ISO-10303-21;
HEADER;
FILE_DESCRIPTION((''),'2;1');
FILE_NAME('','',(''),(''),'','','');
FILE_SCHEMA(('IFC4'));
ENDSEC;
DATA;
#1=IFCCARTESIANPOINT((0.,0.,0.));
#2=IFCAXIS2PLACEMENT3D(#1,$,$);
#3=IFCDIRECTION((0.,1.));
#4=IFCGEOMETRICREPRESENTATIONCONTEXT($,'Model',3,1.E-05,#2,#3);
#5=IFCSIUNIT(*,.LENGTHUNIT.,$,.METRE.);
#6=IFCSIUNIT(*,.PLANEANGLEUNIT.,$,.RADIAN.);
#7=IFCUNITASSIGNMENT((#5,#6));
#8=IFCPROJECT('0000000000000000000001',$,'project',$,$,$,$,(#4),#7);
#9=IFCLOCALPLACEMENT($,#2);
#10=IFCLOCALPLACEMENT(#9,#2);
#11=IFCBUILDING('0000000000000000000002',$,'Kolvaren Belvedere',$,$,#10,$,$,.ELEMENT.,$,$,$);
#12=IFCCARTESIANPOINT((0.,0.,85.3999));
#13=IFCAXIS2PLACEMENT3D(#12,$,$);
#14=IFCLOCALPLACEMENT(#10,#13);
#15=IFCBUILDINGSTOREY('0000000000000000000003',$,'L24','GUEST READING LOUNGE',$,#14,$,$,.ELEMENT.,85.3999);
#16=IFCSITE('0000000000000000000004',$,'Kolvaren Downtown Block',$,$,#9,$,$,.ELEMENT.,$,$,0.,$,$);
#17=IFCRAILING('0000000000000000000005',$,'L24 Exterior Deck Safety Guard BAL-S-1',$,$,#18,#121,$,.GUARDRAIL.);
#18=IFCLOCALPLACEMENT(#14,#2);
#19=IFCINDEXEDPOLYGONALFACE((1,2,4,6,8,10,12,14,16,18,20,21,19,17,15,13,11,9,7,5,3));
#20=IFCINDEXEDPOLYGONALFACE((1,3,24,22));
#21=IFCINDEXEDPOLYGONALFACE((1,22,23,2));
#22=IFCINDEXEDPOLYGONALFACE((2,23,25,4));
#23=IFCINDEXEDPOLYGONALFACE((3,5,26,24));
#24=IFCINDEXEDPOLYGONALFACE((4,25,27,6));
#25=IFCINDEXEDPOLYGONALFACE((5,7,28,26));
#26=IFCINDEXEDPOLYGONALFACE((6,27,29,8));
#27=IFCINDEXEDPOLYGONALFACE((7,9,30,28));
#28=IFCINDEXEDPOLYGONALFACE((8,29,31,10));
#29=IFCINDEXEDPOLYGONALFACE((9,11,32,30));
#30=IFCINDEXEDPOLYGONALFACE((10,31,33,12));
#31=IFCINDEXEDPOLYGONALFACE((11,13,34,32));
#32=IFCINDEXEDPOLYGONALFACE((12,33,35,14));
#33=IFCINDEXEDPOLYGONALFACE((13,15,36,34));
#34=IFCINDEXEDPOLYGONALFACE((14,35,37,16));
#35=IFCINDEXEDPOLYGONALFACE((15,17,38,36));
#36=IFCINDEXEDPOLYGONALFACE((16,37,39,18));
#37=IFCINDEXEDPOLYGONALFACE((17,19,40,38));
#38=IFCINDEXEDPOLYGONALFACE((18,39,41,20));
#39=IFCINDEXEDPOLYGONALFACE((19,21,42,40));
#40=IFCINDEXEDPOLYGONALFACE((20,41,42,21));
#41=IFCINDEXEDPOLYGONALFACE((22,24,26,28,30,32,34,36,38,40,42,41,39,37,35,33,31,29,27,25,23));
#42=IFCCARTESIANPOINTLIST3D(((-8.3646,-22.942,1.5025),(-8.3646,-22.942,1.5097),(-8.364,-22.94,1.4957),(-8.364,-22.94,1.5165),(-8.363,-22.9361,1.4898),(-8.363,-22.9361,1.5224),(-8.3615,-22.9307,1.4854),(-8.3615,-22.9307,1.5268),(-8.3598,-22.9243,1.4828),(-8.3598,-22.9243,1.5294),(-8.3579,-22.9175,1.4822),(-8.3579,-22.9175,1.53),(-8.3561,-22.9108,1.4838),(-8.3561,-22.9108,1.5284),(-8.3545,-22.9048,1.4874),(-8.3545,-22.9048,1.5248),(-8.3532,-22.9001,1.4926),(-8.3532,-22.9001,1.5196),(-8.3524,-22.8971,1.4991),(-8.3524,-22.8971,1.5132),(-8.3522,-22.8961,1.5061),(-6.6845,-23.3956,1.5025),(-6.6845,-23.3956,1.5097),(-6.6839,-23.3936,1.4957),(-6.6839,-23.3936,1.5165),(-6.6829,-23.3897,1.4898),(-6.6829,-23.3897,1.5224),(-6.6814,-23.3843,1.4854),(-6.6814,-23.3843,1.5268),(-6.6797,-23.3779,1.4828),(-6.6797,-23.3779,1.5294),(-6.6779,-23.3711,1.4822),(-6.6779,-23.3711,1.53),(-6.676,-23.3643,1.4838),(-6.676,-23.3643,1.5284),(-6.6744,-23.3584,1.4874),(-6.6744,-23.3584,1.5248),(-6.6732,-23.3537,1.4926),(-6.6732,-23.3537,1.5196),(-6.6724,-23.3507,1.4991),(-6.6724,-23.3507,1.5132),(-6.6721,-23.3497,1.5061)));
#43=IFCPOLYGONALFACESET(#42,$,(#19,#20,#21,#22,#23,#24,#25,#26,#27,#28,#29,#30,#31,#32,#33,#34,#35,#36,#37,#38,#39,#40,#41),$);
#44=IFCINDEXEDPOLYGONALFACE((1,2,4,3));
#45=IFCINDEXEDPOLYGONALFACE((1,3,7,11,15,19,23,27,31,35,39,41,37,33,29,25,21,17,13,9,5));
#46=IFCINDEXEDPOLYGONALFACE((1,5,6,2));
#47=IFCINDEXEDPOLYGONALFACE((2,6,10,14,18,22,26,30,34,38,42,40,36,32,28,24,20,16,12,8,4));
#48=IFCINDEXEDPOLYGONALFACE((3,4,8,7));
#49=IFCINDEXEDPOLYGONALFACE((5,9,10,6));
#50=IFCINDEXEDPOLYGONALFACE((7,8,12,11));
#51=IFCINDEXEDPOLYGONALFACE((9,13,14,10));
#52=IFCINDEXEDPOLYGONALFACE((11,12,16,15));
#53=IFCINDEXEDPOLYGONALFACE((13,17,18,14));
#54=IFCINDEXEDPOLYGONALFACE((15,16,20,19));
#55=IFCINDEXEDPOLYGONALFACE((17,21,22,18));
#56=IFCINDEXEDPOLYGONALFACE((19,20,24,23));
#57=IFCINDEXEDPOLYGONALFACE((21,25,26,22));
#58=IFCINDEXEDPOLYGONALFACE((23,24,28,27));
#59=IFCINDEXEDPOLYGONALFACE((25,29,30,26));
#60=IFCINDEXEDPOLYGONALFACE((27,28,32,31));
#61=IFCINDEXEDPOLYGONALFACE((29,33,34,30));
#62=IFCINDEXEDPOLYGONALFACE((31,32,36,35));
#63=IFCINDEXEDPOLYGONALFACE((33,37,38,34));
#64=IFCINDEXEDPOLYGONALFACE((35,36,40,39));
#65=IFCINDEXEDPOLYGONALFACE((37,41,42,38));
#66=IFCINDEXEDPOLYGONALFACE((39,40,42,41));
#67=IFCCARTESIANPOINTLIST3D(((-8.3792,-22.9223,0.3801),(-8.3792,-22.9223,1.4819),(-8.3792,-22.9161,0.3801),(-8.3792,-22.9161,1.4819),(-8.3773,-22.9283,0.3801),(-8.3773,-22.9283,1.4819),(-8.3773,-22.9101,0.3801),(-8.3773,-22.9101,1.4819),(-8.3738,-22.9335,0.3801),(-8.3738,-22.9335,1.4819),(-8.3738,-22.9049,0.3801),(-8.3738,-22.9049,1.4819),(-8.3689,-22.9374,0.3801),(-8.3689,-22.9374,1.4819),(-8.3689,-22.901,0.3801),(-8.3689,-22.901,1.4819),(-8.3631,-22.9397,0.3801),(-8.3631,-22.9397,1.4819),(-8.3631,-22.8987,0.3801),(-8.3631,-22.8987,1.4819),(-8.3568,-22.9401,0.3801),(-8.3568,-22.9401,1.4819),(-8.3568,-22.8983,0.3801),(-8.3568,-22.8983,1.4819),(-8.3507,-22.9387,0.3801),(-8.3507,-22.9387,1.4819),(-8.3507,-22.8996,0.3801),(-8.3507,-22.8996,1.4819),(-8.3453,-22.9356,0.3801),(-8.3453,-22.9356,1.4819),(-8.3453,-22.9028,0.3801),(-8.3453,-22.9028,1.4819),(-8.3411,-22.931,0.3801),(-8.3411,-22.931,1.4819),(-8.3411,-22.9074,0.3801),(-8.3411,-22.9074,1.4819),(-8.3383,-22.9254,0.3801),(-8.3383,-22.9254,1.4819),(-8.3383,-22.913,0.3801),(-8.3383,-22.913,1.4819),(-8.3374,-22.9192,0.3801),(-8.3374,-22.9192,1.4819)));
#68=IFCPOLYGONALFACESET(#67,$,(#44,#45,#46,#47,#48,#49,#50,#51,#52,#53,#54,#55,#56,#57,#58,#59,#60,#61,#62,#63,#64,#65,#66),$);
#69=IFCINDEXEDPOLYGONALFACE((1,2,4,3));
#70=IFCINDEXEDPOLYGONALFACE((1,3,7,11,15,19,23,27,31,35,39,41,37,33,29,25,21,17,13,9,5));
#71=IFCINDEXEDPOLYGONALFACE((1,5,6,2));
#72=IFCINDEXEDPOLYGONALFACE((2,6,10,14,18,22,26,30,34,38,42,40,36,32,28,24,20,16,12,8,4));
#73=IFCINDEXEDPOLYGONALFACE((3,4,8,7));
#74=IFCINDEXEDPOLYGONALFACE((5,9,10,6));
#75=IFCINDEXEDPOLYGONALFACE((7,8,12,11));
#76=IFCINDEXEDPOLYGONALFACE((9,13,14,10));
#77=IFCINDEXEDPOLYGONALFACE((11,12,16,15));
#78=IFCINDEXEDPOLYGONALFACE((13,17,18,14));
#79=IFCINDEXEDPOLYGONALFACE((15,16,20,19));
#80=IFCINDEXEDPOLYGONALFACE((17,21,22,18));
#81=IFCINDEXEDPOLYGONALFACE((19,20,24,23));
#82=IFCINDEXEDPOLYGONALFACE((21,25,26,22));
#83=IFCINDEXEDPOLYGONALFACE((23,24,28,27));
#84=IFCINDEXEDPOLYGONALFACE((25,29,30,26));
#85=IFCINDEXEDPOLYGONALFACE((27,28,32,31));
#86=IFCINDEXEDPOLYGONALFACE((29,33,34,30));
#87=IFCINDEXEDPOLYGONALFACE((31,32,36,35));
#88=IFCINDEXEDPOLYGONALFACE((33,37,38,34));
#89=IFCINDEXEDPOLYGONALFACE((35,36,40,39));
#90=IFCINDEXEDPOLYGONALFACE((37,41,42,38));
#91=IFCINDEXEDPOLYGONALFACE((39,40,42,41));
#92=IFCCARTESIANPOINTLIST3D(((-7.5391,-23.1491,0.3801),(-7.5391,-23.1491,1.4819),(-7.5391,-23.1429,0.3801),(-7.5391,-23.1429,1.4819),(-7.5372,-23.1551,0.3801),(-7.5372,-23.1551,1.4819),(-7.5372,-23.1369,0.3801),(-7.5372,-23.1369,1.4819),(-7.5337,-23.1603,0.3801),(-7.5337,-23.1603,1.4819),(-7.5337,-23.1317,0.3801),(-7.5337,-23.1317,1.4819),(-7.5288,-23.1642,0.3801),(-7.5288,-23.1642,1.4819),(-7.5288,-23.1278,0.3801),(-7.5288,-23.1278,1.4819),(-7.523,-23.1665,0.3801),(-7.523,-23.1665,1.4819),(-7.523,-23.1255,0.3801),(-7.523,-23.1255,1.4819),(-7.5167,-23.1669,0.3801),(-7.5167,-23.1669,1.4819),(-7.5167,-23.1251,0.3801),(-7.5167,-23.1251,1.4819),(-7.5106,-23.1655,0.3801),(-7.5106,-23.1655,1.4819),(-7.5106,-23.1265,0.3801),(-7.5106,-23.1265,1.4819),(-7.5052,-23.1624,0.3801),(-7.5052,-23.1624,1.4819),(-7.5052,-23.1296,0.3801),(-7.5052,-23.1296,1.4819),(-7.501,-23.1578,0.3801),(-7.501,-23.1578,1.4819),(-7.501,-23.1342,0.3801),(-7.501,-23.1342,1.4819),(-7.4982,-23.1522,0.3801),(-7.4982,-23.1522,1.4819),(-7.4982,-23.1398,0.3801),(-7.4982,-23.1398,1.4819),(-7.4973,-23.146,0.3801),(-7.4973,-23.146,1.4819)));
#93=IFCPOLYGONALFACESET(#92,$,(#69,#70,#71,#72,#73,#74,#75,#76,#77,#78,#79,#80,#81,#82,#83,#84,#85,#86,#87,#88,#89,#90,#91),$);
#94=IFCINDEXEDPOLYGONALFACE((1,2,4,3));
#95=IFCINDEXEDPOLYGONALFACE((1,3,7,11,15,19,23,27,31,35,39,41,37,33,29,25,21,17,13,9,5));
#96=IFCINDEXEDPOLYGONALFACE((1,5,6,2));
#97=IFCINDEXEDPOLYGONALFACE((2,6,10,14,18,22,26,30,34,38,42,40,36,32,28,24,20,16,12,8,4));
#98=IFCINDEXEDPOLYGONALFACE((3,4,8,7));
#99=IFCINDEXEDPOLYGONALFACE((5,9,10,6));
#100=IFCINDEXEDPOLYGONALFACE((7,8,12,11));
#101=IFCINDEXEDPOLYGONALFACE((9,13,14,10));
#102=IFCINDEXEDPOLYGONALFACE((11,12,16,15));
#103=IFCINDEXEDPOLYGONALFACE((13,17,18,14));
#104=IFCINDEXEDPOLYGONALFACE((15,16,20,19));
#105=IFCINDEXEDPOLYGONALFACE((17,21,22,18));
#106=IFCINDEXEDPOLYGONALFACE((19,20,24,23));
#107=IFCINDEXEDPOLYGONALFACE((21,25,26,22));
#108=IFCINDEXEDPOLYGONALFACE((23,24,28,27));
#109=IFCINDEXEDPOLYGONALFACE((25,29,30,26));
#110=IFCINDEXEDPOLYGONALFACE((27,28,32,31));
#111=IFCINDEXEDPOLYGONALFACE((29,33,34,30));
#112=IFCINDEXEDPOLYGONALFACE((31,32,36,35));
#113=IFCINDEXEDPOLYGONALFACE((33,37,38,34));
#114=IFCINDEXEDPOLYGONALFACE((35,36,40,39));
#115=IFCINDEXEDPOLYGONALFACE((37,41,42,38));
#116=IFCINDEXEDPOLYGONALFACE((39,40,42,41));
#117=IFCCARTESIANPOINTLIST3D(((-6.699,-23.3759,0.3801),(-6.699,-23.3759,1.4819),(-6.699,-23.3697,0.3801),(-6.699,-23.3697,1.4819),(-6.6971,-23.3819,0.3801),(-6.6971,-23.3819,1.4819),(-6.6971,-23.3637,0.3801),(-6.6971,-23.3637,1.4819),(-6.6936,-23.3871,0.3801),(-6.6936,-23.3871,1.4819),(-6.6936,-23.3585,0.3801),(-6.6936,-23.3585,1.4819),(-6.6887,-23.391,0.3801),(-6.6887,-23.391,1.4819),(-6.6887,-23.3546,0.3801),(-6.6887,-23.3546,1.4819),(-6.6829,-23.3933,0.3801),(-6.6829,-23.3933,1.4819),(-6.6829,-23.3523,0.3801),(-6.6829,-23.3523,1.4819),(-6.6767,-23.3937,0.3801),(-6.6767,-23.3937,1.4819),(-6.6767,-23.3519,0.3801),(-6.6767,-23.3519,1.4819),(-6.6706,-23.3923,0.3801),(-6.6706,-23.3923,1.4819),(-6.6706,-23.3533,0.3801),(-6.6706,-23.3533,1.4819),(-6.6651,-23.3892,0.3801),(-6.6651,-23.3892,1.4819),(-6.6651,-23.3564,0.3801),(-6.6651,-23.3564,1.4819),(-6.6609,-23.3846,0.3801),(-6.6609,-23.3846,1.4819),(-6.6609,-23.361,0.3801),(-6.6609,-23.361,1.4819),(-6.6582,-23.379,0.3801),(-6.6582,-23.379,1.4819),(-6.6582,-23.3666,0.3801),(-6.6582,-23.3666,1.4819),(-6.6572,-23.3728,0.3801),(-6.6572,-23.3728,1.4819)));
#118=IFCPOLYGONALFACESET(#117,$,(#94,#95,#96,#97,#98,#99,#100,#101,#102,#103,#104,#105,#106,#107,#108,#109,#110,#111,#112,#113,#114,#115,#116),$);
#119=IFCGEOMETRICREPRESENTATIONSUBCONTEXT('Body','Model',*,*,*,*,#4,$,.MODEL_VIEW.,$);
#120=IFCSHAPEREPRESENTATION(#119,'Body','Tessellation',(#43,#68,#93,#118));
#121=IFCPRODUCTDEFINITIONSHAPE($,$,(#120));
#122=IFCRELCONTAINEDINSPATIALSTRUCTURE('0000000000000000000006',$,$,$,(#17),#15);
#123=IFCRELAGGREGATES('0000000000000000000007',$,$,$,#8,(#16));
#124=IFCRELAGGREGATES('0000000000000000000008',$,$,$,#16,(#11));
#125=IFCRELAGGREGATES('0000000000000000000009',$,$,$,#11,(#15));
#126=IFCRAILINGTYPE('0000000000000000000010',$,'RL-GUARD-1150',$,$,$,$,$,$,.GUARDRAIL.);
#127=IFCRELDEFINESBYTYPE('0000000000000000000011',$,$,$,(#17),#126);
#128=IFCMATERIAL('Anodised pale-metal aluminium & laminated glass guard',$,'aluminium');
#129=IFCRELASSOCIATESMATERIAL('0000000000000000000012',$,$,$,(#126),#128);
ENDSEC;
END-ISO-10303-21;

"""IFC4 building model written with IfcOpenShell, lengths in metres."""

from ifc_helpers import new_model, si_unit, direction, frame, origin, origin_2d, place, context, subcontext, project, spatial, circle, extrude, material, type_object, element, save


model = new_model("IFC4")

# Units and contexts
model_context = context("Model", 3, precision=1e-05, world=origin(), true_north=direction((0.0, 1.0)))
body_context = subcontext(model_context, "Body", "Model", "MODEL_VIEW")
ifc_project = project(units=[si_unit("LENGTHUNIT", "METRE"), si_unit("PLANEANGLEUNIT", "RADIAN")], contexts=[model_context])

# Site, building, storey
site_placement = place(None, origin())
site = spatial("IfcSite", under=ifc_project, at=site_placement, Name="Kolvaren Downtown Block", CompositionType="ELEMENT", RefElevation=0.0)
building_placement = place(site_placement, origin())
building = spatial("IfcBuilding", under=site, at=building_placement, Name="Kolvaren Belvedere", CompositionType="ELEMENT")
storey_placement = place(building_placement, frame((0.0, 0.0, 85.3999)))
storey = spatial("IfcBuildingStorey", under=building, at=storey_placement, Name="L24", Description="GUEST READING LOUNGE", CompositionType="ELEMENT", Elevation=85.3999)

# Railing
ifc_material_1 = material(Name="Anodised pale-metal aluminium & laminated glass guard", Category="aluminium")
railing_type = type_object("IfcRailingType", Name="RL-GUARD-1150", PredefinedType="GUARDRAIL", material=ifc_material_1)
railing_1_placement = place(storey_placement, frame((-8.3584, -22.9192, 0.3801)))
element("IfcRailing", 1, at=railing_1_placement, inside=storey, type_object=railing_type, Name="L24 Exterior Deck Safety Guard BAL-S-1", PredefinedType="GUARDRAIL", context=body_context, shape_type="SweptSolid", body=[
    extrude(circle(Radius=0.0239, at=origin_2d()), frame((0.0, 0.0, 1.126), z_axis=(0.965434, -0.260648, 0.0), x_axis=(0.260648, 0.965434, 0.0)), (0.0, 0.0, 1.0), 1.7402),
    extrude(circle(Radius=0.021, at=origin_2d()), origin(), (0.0, 0.0, 1.0), 1.1018),
    extrude(circle(Radius=0.021, at=origin_2d()), frame((0.8401, -0.2268, 0.0)), (0.0, 0.0, 1.0), 1.1018),
    extrude(circle(Radius=0.021, at=origin_2d()), frame((1.6802, -0.4536, 0.0)), (0.0, 0.0, 1.0), 1.1018),
])

save(model, "model.ifc")
